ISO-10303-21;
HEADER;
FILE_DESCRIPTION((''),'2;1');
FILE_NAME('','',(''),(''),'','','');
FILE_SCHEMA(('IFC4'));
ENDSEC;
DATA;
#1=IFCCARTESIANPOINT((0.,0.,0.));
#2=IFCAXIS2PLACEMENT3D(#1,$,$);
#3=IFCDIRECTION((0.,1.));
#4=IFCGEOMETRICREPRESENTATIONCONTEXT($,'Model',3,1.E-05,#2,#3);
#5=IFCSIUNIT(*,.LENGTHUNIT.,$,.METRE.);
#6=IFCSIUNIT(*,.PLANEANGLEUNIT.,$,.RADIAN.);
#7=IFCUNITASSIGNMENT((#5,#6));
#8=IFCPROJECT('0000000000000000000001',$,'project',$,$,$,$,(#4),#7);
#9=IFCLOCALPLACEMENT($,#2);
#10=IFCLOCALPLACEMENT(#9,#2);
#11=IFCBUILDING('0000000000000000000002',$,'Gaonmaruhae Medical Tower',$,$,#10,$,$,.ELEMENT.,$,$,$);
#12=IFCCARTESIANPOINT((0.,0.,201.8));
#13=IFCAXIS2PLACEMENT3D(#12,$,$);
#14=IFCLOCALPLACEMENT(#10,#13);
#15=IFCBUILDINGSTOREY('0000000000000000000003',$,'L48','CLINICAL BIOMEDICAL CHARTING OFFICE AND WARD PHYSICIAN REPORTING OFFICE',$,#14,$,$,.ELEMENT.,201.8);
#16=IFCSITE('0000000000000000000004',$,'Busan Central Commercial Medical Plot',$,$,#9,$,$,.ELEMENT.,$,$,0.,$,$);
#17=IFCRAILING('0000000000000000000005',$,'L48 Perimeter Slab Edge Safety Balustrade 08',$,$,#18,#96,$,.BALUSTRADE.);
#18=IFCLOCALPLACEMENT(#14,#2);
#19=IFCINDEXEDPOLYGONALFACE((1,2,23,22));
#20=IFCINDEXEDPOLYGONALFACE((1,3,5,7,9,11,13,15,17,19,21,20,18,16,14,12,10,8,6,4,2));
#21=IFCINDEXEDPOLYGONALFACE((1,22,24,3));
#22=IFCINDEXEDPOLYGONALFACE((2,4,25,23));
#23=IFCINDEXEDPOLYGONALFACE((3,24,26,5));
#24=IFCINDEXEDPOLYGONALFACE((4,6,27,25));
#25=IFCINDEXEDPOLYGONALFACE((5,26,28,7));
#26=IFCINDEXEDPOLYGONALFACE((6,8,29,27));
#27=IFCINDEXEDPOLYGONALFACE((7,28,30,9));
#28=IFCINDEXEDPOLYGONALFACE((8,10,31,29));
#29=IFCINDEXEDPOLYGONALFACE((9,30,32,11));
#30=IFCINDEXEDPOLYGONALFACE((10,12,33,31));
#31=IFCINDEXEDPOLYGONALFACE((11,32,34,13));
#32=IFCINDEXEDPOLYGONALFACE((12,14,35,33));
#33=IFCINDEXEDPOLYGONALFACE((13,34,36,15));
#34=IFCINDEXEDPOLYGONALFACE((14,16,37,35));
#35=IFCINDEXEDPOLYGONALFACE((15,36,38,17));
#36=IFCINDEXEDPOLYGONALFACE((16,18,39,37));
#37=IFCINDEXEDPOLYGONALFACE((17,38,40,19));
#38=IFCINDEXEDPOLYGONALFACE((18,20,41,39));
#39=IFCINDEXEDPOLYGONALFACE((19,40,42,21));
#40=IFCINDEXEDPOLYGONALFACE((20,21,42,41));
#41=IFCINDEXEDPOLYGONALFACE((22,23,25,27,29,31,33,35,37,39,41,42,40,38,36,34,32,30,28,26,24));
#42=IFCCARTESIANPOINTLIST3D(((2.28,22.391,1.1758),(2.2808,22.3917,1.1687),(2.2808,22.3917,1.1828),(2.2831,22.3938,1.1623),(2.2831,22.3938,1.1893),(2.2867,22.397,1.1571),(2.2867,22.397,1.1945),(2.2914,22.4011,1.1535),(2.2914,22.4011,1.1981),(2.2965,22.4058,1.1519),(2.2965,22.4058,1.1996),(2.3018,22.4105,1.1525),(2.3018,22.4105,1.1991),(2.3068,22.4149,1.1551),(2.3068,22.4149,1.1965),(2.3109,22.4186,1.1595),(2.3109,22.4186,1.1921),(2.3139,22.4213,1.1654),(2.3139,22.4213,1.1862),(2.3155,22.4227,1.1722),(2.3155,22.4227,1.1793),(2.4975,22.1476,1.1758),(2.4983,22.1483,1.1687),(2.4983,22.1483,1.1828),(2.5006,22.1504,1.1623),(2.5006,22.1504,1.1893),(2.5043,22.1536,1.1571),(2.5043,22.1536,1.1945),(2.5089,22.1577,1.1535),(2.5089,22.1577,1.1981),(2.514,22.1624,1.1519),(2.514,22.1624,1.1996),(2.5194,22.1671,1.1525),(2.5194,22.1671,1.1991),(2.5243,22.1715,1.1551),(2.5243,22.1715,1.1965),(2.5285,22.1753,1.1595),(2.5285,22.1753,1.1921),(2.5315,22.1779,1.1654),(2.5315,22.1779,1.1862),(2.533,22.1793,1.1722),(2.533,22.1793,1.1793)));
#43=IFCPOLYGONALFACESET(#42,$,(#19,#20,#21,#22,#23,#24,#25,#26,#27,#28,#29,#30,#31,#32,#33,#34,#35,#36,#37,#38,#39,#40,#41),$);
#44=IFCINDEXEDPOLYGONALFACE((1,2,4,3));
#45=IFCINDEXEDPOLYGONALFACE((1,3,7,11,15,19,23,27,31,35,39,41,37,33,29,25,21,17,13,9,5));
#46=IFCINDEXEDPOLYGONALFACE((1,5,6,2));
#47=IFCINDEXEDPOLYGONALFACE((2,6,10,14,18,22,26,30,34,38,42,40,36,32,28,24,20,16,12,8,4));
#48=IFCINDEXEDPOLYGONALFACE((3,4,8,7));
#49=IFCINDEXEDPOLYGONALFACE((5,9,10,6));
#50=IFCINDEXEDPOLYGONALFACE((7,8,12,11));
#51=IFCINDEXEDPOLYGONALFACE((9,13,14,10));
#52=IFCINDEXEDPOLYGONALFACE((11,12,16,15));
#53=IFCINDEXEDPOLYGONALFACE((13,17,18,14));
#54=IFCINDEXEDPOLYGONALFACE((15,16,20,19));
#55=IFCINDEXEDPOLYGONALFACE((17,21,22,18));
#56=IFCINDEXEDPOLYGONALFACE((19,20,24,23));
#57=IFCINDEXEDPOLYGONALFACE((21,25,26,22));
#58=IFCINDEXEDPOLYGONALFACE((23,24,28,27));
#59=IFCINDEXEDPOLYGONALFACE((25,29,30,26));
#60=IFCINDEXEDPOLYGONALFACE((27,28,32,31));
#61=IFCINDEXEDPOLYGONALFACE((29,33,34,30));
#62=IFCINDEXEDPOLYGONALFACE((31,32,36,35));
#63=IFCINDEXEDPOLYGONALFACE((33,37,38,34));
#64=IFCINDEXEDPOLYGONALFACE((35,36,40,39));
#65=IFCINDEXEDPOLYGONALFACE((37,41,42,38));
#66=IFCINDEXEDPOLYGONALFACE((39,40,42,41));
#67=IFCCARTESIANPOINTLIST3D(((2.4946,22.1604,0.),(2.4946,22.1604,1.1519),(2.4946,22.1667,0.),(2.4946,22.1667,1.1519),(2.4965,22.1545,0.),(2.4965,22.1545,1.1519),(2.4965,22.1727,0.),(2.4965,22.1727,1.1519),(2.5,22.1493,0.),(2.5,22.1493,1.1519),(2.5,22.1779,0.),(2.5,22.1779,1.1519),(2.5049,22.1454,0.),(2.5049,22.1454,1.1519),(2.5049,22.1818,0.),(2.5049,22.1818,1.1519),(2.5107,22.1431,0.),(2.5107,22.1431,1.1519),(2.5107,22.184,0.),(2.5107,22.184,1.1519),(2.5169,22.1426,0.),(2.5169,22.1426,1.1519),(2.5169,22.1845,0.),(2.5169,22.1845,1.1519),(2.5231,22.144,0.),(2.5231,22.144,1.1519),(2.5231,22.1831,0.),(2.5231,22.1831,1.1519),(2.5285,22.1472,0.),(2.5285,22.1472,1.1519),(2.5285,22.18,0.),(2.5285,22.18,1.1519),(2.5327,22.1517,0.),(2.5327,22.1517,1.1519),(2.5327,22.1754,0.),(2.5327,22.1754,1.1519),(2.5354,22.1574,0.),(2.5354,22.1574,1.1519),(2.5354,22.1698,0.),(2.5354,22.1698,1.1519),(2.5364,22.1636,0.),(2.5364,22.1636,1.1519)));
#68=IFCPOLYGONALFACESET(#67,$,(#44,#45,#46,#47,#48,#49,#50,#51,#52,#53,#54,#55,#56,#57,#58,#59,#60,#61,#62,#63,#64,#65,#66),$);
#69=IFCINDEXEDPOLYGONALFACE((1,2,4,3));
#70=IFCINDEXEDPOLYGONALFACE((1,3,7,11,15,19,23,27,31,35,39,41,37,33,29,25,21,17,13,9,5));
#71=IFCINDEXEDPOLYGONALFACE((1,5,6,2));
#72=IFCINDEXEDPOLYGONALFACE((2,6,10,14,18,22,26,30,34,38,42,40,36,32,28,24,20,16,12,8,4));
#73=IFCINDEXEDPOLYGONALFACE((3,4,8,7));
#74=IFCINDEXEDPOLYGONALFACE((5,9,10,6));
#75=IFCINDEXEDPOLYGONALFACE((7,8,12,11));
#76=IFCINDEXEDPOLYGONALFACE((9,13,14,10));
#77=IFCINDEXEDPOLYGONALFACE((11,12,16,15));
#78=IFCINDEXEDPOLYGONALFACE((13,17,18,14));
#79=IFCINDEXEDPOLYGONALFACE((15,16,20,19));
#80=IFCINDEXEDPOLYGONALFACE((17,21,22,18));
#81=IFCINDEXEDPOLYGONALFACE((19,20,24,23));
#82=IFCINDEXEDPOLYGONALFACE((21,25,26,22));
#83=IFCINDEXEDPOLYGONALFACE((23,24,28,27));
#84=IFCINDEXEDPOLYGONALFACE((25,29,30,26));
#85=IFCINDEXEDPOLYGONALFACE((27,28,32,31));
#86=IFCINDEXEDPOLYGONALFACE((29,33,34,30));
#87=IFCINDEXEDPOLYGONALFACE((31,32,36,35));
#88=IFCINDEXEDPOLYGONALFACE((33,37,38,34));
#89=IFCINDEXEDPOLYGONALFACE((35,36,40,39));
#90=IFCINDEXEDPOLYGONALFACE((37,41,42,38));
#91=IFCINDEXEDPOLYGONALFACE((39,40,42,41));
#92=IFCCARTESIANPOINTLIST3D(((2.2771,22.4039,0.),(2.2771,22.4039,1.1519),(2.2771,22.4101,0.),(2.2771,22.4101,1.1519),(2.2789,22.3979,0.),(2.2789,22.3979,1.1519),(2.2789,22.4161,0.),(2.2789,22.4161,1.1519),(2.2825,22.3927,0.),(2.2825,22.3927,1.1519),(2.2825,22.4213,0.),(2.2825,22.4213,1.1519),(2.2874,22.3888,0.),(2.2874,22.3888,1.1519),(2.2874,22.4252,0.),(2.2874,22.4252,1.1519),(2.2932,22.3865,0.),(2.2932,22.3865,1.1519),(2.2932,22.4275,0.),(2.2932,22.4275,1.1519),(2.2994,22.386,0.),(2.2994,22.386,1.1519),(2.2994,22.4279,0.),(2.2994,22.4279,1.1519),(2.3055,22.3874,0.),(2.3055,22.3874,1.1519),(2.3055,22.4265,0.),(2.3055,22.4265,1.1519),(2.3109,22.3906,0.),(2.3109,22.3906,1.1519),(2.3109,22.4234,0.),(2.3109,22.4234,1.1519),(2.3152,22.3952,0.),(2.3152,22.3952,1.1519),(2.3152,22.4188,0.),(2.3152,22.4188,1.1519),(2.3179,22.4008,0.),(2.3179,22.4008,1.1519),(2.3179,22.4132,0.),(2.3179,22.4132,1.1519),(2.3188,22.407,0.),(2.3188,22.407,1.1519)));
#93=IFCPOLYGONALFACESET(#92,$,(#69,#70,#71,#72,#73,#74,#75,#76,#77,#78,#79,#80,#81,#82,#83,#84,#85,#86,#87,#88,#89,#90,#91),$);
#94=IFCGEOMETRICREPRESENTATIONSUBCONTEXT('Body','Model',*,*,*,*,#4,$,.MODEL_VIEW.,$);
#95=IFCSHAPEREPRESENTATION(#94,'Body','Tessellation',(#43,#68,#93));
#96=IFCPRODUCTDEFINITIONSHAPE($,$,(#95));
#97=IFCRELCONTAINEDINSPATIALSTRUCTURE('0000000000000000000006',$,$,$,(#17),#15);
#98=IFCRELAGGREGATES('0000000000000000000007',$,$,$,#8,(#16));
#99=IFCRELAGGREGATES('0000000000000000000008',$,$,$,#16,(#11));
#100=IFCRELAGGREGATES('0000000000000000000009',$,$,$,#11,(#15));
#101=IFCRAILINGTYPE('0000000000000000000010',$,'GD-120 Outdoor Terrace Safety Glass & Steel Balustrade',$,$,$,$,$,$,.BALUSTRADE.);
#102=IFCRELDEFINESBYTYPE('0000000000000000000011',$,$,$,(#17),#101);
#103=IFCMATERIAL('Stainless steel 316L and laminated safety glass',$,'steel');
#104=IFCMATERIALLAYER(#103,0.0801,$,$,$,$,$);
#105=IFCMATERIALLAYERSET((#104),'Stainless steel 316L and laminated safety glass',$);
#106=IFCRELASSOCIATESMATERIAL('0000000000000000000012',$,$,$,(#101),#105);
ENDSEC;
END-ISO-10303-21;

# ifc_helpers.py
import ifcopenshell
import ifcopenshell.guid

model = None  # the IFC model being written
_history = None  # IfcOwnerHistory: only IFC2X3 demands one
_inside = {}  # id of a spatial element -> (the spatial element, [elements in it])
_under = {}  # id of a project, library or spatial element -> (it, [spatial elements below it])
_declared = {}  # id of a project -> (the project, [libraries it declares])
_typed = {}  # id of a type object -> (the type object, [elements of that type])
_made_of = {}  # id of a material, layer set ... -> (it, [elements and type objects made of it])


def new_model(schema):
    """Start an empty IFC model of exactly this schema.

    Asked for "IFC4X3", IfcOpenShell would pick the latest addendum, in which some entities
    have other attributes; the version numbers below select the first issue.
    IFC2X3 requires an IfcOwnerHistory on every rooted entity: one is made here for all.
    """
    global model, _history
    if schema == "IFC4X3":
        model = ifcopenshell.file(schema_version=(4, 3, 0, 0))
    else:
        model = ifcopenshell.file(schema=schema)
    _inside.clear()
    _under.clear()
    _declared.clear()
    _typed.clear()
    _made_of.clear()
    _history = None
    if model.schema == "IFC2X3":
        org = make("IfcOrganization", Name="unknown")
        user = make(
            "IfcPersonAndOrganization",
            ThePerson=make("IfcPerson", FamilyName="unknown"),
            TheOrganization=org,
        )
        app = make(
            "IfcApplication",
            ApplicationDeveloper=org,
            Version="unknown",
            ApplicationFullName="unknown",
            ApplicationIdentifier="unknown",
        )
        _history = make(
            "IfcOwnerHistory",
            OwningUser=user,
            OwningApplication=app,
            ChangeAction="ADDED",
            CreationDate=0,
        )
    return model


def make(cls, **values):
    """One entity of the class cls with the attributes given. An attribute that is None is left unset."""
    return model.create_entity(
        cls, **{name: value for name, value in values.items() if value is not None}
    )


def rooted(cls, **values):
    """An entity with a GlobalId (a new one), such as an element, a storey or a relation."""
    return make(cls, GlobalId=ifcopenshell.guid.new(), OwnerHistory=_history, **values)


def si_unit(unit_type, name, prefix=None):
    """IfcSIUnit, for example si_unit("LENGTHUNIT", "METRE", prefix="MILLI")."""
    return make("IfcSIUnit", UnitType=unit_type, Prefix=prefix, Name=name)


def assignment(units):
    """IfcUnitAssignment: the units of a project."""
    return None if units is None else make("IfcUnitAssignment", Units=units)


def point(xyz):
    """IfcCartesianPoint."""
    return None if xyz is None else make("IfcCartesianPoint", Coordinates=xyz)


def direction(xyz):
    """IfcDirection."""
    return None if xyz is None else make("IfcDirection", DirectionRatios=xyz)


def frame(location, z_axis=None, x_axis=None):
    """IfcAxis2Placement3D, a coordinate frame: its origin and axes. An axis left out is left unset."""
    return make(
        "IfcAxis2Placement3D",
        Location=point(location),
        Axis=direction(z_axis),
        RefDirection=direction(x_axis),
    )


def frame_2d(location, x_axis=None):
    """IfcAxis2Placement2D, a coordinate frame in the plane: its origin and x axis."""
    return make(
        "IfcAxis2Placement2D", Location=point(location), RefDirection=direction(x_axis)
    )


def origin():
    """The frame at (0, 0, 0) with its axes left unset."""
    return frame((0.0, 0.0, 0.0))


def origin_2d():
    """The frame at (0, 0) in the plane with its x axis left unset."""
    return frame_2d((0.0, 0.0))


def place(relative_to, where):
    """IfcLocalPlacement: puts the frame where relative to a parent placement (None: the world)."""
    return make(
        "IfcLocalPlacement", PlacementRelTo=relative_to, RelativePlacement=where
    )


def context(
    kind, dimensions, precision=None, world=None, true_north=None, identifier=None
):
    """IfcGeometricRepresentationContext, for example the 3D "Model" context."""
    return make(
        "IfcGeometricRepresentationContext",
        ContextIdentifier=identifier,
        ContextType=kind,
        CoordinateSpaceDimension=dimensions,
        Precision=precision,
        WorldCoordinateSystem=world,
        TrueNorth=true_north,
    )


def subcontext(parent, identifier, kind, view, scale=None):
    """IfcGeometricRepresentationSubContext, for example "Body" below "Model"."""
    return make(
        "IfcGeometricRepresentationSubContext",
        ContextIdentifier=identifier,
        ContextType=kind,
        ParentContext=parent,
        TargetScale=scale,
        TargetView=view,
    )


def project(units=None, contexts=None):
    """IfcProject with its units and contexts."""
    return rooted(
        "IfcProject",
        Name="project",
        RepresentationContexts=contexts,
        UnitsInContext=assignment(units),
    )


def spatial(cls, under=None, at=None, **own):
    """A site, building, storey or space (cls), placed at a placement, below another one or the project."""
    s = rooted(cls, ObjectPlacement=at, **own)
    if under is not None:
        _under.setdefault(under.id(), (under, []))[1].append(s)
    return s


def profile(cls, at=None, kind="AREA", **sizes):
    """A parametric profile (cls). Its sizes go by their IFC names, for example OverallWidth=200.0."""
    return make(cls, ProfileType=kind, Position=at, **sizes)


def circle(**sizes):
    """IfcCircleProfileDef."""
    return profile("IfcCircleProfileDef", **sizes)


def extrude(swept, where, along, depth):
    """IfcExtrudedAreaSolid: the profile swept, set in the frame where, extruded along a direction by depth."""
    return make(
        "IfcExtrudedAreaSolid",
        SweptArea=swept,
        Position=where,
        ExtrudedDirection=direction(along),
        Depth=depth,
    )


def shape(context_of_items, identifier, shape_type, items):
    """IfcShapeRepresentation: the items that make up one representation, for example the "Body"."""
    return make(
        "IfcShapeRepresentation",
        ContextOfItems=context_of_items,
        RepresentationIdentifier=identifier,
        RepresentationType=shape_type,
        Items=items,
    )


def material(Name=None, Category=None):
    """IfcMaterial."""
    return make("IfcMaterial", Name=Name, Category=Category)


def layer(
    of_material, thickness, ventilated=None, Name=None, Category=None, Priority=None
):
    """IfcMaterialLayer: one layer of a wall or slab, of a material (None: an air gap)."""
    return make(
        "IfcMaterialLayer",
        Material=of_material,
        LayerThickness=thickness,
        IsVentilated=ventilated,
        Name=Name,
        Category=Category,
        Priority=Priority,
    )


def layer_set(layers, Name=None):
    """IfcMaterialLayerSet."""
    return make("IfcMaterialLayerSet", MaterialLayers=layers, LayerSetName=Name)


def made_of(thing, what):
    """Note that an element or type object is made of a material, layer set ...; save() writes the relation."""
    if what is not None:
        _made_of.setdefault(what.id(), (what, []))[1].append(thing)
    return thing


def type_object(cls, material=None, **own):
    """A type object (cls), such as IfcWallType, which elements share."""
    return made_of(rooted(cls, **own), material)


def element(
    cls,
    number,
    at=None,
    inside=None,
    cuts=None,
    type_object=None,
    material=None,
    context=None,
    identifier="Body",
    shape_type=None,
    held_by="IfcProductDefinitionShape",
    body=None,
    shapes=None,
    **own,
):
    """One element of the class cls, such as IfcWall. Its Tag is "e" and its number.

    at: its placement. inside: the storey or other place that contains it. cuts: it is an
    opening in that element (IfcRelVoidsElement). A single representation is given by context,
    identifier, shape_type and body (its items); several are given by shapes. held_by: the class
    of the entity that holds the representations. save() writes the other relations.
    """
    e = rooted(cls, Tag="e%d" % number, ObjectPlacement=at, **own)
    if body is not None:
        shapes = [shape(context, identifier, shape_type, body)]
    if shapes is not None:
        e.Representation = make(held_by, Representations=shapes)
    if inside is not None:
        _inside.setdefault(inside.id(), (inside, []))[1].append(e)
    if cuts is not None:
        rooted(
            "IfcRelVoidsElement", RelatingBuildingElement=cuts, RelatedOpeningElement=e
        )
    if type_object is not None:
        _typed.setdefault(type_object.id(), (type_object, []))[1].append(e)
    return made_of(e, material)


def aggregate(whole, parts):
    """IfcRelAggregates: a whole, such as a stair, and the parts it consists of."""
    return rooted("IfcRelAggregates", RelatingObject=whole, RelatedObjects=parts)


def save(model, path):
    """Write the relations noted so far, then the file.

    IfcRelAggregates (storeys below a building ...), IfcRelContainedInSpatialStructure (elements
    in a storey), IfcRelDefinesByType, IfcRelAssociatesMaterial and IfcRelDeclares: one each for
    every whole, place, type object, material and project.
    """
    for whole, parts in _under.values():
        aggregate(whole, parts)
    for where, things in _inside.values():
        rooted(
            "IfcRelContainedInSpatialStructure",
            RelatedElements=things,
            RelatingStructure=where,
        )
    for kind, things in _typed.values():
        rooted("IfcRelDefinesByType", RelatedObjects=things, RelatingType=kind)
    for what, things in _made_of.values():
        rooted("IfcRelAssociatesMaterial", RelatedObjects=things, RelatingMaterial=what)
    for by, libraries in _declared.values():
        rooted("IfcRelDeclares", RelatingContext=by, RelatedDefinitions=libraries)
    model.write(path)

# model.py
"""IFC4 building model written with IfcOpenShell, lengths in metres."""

from ifc_helpers import new_model, si_unit, direction, frame, origin, origin_2d, place, context, subcontext, project, spatial, circle, extrude, material, layer, layer_set, type_object, element, save


model = new_model("IFC4")

# Units and contexts
model_context = context("Model", 3, precision=1e-05, world=origin(), true_north=direction((0.0, 1.0)))
body_context = subcontext(model_context, "Body", "Model", "MODEL_VIEW")
ifc_project = project(units=[si_unit("LENGTHUNIT", "METRE"), si_unit("PLANEANGLEUNIT", "RADIAN")], contexts=[model_context])

# Site, building, storey
site_placement = place(None, origin())
site = spatial("IfcSite", under=ifc_project, at=site_placement, Name="Busan Central Commercial Medical Plot", CompositionType="ELEMENT", RefElevation=0.0)
building_placement = place(site_placement, origin())
building = spatial("IfcBuilding", under=site, at=building_placement, Name="Gaonmaruhae Medical Tower", CompositionType="ELEMENT")
storey_placement = place(building_placement, frame((0.0, 0.0, 201.8)))
storey = spatial("IfcBuildingStorey", under=building, at=storey_placement, Name="L48", Description="CLINICAL BIOMEDICAL CHARTING OFFICE AND WARD PHYSICIAN REPORTING OFFICE", CompositionType="ELEMENT", Elevation=201.8)

# Railing
ifc_material_1 = material(Name="Stainless steel 316L and laminated safety glass", Category="steel")
ifc_layer_1 = layer(ifc_material_1, 0.0801)
ifc_layer_set_1 = layer_set([ifc_layer_1], Name="Stainless steel 316L and laminated safety glass")
railing_type = type_object("IfcRailingType", Name="GD-120 Outdoor Terrace Safety Glass & Steel Balustrade", PredefinedType="BALUSTRADE", material=ifc_layer_set_1)
railing_1_placement = place(storey_placement, frame((2.5154, 22.1636, 0.0)))
element("IfcRailing", 1, at=railing_1_placement, inside=storey, type_object=railing_type, Name="L48 Perimeter Slab Edge Safety Balustrade 08", PredefinedType="BALUSTRADE", context=body_context, shape_type="SweptSolid", body=[
    extrude(circle(Radius=0.0239, at=origin_2d()), frame((0.0, 0.0, 1.1758), z_axis=(-0.666358, 0.745632, 0.0), x_axis=(-0.745632, -0.666358, 0.0)), (0.0, 0.0, 1.0), 0.3264),
    extrude(circle(Radius=0.021, at=origin_2d()), origin(), (0.0, 0.0, 1.0), 1.1519),
    extrude(circle(Radius=0.021, at=origin_2d()), frame((-0.2175, 0.2434, 0.0)), (0.0, 0.0, 1.0), 1.1519),
])

save(model, "model.ifc")
